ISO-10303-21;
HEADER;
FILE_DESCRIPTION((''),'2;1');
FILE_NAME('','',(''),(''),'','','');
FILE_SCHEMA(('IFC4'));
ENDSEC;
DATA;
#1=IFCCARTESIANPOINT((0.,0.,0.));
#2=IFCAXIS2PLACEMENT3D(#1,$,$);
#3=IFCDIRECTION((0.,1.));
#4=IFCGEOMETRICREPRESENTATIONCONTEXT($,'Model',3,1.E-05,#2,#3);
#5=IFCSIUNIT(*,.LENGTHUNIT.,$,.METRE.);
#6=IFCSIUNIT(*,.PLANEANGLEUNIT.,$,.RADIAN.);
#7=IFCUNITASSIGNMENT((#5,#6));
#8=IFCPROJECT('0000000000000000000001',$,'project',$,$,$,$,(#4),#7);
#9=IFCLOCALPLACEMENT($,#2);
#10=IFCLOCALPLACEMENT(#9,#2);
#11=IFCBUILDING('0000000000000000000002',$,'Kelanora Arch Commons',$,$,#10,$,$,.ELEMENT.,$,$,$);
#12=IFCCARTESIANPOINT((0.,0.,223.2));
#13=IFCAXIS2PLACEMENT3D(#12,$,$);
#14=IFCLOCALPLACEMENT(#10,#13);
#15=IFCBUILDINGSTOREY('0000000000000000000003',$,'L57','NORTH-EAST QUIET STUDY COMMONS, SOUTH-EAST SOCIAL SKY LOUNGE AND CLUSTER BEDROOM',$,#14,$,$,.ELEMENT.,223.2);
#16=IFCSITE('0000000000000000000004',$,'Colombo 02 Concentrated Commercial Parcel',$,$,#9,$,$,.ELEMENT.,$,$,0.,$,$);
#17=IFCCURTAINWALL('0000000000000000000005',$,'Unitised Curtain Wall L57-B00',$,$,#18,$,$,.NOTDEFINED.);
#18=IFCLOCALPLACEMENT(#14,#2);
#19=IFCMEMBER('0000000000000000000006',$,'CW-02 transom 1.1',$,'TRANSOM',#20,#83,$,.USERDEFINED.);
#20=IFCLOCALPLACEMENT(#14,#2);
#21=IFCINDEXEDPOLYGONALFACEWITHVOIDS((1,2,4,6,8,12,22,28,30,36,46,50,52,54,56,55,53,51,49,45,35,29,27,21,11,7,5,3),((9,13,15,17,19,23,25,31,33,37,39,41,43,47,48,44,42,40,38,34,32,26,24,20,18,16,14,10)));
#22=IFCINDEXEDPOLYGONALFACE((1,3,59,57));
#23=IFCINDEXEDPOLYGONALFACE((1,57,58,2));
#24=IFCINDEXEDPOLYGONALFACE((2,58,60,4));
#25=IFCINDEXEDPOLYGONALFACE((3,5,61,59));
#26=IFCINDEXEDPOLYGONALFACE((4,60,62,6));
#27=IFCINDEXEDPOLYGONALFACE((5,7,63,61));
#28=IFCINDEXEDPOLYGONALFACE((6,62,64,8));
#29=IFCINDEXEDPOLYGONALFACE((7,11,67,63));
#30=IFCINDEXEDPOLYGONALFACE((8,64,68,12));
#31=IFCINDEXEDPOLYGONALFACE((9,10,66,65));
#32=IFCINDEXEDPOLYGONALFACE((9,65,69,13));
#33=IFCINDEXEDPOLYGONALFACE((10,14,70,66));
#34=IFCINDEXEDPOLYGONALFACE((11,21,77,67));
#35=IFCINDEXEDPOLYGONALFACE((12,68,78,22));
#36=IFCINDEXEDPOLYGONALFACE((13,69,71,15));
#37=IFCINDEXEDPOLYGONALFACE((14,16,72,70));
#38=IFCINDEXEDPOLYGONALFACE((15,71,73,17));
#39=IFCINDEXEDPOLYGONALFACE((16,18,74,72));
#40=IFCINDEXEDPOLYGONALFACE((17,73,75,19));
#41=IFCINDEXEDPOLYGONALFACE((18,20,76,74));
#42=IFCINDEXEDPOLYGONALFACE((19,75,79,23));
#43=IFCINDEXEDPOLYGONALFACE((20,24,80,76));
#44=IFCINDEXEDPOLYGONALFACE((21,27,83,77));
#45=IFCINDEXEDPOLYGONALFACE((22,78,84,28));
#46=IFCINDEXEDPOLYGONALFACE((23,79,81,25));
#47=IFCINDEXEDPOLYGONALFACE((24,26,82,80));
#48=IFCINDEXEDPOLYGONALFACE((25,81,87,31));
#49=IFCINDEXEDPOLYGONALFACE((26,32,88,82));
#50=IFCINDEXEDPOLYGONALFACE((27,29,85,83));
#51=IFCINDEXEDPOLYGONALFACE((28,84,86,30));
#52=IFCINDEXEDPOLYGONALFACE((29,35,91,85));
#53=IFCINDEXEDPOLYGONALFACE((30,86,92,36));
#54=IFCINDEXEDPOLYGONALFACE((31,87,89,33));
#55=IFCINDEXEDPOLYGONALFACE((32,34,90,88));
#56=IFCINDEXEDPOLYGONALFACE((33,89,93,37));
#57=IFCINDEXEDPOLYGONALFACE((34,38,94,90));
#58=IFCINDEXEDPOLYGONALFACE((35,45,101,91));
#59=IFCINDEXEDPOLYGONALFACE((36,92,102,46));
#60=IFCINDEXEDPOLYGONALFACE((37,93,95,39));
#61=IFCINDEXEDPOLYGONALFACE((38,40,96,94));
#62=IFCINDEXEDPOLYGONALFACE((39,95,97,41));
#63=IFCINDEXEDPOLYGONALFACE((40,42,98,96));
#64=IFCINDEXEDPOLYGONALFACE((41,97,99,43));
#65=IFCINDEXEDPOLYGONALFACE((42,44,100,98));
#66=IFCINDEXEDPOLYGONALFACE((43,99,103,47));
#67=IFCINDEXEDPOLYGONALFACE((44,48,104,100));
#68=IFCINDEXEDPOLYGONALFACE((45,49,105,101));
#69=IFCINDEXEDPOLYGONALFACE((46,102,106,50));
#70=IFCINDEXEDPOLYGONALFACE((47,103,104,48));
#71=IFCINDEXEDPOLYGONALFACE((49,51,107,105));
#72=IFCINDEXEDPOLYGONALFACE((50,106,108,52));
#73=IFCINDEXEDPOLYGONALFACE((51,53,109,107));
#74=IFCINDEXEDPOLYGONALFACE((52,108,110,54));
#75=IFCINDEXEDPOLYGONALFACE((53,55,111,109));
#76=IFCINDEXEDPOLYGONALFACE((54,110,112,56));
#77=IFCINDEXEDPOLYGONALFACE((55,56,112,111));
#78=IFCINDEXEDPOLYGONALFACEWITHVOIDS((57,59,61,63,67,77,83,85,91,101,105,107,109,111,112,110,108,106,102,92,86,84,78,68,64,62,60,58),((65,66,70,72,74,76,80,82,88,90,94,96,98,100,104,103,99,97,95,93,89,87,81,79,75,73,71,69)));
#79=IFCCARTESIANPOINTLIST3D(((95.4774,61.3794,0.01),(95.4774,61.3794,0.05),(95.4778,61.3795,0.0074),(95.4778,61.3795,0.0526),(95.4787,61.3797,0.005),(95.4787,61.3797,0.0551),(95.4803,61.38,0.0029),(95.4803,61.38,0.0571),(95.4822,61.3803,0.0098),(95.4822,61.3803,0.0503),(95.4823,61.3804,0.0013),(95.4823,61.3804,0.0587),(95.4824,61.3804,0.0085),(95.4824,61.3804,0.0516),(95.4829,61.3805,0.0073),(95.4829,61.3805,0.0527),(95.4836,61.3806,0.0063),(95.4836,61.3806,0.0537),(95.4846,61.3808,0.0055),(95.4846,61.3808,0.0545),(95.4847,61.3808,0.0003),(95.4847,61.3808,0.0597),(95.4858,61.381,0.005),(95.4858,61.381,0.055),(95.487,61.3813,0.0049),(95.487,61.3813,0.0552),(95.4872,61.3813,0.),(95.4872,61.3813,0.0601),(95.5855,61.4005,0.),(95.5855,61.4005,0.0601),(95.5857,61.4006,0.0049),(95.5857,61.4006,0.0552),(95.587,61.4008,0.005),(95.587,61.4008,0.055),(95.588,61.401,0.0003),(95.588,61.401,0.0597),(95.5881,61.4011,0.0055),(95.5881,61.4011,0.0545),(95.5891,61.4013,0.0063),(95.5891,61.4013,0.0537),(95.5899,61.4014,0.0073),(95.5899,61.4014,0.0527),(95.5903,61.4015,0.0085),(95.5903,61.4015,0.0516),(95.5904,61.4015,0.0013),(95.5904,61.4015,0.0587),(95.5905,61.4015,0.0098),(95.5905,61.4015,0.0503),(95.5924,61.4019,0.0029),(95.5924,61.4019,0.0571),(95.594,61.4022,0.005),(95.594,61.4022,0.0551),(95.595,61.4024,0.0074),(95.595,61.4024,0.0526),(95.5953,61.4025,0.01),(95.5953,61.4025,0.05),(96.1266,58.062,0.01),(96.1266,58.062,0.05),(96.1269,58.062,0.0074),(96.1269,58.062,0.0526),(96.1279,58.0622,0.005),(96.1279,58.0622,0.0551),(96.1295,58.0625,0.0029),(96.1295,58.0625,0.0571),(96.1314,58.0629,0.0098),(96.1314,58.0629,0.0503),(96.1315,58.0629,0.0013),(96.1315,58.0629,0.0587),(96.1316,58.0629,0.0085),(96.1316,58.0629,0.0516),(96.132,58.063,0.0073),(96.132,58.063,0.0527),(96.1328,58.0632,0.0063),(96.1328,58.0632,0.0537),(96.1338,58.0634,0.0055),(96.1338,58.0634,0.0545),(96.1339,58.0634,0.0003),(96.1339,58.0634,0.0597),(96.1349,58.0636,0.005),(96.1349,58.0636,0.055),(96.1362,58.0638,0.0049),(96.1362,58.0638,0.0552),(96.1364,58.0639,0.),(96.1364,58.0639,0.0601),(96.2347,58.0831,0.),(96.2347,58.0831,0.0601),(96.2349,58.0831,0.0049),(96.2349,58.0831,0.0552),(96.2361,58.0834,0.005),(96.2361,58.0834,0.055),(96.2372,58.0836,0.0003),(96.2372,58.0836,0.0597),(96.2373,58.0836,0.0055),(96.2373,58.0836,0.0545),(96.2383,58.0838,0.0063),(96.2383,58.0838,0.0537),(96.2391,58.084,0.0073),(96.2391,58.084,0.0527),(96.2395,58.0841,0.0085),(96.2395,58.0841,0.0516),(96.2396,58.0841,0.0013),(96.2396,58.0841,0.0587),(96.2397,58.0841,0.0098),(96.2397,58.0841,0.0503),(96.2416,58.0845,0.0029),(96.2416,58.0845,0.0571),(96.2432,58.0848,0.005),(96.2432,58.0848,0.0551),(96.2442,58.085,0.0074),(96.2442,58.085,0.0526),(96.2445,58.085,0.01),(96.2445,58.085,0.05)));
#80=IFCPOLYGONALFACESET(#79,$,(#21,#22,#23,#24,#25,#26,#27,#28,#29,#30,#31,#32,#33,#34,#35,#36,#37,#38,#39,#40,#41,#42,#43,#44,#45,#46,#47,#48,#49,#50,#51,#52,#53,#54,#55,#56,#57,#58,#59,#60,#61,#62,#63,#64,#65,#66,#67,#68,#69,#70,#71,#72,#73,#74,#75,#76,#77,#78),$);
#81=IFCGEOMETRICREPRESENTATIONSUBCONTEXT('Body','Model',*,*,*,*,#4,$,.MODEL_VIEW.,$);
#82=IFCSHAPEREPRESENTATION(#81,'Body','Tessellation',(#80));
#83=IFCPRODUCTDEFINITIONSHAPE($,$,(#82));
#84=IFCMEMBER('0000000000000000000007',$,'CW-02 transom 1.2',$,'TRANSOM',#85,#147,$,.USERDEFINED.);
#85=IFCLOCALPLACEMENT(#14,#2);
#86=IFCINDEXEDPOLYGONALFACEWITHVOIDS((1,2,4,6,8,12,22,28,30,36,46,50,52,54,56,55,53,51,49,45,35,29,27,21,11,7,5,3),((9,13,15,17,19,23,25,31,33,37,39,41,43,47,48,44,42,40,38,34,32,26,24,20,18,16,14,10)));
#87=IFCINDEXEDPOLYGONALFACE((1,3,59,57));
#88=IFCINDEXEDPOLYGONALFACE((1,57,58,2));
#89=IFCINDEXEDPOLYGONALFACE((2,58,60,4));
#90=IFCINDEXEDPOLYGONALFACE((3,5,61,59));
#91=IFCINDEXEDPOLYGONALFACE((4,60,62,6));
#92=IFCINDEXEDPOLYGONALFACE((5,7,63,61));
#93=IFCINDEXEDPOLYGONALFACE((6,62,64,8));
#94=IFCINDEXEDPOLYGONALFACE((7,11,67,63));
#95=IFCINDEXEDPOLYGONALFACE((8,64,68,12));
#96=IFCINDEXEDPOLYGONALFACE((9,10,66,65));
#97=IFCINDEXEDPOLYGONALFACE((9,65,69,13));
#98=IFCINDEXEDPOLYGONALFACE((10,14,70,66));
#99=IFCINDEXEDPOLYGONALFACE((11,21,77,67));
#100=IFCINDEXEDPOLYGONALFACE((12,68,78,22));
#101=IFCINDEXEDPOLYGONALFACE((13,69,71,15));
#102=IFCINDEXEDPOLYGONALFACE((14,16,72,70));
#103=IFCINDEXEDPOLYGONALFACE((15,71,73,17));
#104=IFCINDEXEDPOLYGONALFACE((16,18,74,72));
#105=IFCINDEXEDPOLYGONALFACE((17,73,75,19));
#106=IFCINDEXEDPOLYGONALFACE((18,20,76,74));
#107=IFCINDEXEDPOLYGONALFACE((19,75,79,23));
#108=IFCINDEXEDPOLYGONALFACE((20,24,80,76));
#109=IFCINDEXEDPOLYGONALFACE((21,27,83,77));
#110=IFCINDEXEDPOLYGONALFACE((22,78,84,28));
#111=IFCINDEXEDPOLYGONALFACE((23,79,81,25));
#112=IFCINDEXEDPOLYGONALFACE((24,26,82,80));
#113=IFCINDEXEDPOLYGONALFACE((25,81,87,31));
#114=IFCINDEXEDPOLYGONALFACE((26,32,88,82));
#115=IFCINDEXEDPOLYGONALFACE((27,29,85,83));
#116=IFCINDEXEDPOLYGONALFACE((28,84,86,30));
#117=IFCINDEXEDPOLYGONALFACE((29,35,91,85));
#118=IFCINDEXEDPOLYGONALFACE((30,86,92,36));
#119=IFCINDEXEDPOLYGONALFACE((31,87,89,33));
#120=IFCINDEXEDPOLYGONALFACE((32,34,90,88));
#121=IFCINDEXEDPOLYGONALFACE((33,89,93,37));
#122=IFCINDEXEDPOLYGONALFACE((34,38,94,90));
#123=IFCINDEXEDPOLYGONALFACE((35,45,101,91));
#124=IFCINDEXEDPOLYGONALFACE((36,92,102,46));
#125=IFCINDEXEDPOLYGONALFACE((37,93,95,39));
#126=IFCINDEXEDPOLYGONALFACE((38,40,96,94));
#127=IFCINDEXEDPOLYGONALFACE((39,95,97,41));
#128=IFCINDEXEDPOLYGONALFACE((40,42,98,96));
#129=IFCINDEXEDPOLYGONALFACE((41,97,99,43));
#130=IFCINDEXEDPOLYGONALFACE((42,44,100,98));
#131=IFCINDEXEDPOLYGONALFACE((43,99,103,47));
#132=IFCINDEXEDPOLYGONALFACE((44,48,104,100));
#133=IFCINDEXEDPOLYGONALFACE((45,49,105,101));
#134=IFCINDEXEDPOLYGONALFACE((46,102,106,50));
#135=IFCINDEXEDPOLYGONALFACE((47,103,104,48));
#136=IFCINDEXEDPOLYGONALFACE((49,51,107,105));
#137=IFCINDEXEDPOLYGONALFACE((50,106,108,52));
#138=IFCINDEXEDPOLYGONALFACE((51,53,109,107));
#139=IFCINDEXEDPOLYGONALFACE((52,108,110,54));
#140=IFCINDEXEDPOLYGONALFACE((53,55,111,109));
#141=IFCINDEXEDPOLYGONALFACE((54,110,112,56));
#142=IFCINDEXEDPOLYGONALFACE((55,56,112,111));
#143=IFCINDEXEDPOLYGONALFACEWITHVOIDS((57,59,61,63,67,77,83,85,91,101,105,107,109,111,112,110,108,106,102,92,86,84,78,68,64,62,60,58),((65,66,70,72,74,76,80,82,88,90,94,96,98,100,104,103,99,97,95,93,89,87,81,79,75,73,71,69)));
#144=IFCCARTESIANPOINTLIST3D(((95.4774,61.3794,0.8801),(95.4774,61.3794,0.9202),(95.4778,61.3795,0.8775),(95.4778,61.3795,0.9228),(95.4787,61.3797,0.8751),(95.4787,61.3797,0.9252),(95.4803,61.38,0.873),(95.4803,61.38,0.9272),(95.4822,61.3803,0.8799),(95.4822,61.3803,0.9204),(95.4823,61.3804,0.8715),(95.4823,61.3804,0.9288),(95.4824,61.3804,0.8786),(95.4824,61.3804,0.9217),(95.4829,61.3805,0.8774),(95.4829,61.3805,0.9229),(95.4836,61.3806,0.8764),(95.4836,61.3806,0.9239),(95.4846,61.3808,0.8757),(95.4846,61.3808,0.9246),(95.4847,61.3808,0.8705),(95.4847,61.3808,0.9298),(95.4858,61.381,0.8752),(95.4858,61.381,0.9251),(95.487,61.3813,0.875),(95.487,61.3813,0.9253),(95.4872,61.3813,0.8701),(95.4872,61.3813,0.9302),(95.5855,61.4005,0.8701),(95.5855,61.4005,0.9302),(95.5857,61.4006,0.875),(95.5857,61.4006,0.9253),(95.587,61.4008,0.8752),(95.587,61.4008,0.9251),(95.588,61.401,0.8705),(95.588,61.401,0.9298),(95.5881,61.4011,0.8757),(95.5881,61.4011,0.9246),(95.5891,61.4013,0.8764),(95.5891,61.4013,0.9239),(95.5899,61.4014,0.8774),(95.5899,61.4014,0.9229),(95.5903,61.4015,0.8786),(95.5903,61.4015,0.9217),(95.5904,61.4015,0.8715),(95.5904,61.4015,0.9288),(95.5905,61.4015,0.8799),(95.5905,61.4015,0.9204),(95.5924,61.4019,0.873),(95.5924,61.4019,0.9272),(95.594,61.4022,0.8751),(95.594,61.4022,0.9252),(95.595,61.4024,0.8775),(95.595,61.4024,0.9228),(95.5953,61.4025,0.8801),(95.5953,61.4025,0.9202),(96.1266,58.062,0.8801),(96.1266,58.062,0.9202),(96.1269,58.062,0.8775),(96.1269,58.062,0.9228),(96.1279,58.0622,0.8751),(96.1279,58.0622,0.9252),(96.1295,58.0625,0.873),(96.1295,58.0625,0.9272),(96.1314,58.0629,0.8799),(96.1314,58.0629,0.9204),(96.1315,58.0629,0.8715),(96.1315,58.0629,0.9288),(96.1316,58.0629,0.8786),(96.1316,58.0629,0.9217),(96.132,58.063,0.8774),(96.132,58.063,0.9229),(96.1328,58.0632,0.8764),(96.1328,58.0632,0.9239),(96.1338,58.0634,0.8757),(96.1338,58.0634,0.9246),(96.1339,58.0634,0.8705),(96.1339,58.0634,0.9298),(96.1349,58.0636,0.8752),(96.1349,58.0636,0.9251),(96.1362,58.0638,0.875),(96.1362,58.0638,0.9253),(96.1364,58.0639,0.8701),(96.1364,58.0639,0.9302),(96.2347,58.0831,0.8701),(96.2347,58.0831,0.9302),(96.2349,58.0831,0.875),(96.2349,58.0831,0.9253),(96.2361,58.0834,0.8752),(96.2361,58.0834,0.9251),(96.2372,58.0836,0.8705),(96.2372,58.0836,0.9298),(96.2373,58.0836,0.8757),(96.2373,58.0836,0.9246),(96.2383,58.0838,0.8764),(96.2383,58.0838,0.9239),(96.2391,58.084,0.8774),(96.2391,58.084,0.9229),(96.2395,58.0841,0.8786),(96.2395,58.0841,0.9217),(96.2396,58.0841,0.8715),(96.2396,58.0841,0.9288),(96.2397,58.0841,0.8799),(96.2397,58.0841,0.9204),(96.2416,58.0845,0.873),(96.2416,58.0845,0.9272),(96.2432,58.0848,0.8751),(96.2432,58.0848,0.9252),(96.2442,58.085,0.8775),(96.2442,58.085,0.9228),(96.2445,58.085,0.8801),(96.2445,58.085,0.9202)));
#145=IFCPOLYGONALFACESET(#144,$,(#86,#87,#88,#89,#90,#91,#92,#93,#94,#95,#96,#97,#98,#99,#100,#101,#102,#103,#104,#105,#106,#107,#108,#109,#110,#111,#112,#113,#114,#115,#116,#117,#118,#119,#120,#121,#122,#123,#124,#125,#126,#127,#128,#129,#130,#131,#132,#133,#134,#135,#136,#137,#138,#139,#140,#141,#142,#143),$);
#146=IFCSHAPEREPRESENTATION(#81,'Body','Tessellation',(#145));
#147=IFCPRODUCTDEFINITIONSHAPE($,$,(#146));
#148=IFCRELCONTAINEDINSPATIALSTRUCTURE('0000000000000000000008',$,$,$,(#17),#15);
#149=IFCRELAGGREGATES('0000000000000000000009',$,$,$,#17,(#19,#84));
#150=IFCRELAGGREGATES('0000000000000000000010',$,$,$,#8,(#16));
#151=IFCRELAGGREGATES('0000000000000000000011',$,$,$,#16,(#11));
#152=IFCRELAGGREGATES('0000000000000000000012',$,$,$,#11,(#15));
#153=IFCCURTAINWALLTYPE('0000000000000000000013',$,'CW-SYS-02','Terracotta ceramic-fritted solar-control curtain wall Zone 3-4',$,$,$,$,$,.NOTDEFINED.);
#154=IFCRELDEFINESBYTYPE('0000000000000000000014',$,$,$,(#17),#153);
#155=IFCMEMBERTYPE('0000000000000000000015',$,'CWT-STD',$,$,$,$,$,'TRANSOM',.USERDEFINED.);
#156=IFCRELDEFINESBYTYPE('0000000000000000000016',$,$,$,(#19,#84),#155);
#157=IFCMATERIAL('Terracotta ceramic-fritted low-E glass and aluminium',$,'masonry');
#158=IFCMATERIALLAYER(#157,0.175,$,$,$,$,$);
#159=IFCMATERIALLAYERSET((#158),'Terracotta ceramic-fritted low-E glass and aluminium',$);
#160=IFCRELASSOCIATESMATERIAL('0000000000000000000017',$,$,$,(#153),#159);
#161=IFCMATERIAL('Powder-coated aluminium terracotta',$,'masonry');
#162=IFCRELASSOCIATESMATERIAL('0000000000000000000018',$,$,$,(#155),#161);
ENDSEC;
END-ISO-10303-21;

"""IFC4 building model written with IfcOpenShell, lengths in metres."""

from ifc_helpers import new_model, si_unit, direction, frame, origin, origin_2d, place, context, subcontext, project, spatial, hollow_rectangle, extrude, material, layer, layer_set, material_profile, profile_set, type_object, element, aggregate, save


model = new_model("IFC4")

# Units and contexts
model_context = context("Model", 3, precision=1e-05, world=origin(), true_north=direction((0.0, 1.0)))
body_context = subcontext(model_context, "Body", "Model", "MODEL_VIEW")
ifc_project = project(units=[si_unit("LENGTHUNIT", "METRE"), si_unit("PLANEANGLEUNIT", "RADIAN")], contexts=[model_context])

# Site, building, storey
site_placement = place(None, origin())
site = spatial("IfcSite", under=ifc_project, at=site_placement, Name="Colombo 02 Concentrated Commercial Parcel", CompositionType="ELEMENT", RefElevation=0.0)
building_placement = place(site_placement, origin())
building = spatial("IfcBuilding", under=site, at=building_placement, Name="Kelanora Arch Commons", CompositionType="ELEMENT")
storey_placement = place(building_placement, frame((0.0, 0.0, 223.2)))
storey = spatial("IfcBuildingStorey", under=building, at=storey_placement, Name="L57", Description="NORTH-EAST QUIET STUDY COMMONS, SOUTH-EAST SOCIAL SKY LOUNGE AND CLUSTER BEDROOM", CompositionType="ELEMENT", Elevation=223.2)

# Curtain wall, members
ifc_material_1 = material(Name="Terracotta ceramic-fritted low-E glass and aluminium", Category="masonry")
ifc_layer_1 = layer(ifc_material_1, 0.175)
ifc_layer_set_1 = layer_set([ifc_layer_1], Name="Terracotta ceramic-fritted low-E glass and aluminium")
curtain_wall_type = type_object("IfcCurtainWallType", Name="CW-SYS-02", Description="Terracotta ceramic-fritted solar-control curtain wall Zone 3-4", PredefinedType="NOTDEFINED", material=ifc_layer_set_1)
curtain_wall_placement = place(storey_placement, origin())
curtain_wall = element("IfcCurtainWall", 1, at=curtain_wall_placement, inside=storey, type_object=curtain_wall_type, Name="Unitised Curtain Wall L57-B00", PredefinedType="NOTDEFINED")
ifc_material_2 = material(Name="Powder-coated aluminium terracotta", Category="masonry")
ifc_material_profile_1 = material_profile(ifc_material_2, hollow_rectangle(XDim=0.1201, YDim=0.0601, WallThickness=0.0049, InnerFilletRadius=0.0049, OuterFilletRadius=0.01, at=origin_2d()), Name="CWT120x60")
ifc_profile_set_1 = profile_set([ifc_material_profile_1], Name="Powder-coated aluminium terracotta")
member_type_1 = type_object("IfcMemberType", Name="CWT-STD", ElementType="TRANSOM", PredefinedType="USERDEFINED", material=ifc_profile_set_1)
member_1_placement = place(storey_placement, frame((96.1855, 58.0735, 0.03), z_axis=(-0.192045, 0.981386, 0.0), x_axis=(-0.981386, -0.192045, 0.0)))
member_1 = element("IfcMember", 2, at=member_1_placement, type_object=member_type_1, Name="CW-02 transom 1.1", ObjectType="TRANSOM", PredefinedType="USERDEFINED", context=body_context, shape_type="SweptSolid", body=[
    extrude(hollow_rectangle(XDim=0.1201, YDim=0.0601, WallThickness=0.0049, InnerFilletRadius=0.0049, OuterFilletRadius=0.01, at=origin_2d()), origin(), (0.0, 0.0, 1.0), 3.3804),
])
member_2_placement = place(storey_placement, frame((96.1855, 58.0735, 0.9001), z_axis=(-0.192045, 0.981386, 0.0), x_axis=(-0.981386, -0.192045, 0.0)))
member_2 = element("IfcMember", 3, at=member_2_placement, type_object=member_type_1, Name="CW-02 transom 1.2", ObjectType="TRANSOM", PredefinedType="USERDEFINED", context=body_context, shape_type="SweptSolid", body=[
    extrude(hollow_rectangle(XDim=0.1201, YDim=0.0601, WallThickness=0.0049, InnerFilletRadius=0.0049, OuterFilletRadius=0.01, at=origin_2d()), origin(), (0.0, 0.0, 1.0), 3.3804),
])
aggregate(curtain_wall, [member_1, member_2])

save(model, "model.ifc")
